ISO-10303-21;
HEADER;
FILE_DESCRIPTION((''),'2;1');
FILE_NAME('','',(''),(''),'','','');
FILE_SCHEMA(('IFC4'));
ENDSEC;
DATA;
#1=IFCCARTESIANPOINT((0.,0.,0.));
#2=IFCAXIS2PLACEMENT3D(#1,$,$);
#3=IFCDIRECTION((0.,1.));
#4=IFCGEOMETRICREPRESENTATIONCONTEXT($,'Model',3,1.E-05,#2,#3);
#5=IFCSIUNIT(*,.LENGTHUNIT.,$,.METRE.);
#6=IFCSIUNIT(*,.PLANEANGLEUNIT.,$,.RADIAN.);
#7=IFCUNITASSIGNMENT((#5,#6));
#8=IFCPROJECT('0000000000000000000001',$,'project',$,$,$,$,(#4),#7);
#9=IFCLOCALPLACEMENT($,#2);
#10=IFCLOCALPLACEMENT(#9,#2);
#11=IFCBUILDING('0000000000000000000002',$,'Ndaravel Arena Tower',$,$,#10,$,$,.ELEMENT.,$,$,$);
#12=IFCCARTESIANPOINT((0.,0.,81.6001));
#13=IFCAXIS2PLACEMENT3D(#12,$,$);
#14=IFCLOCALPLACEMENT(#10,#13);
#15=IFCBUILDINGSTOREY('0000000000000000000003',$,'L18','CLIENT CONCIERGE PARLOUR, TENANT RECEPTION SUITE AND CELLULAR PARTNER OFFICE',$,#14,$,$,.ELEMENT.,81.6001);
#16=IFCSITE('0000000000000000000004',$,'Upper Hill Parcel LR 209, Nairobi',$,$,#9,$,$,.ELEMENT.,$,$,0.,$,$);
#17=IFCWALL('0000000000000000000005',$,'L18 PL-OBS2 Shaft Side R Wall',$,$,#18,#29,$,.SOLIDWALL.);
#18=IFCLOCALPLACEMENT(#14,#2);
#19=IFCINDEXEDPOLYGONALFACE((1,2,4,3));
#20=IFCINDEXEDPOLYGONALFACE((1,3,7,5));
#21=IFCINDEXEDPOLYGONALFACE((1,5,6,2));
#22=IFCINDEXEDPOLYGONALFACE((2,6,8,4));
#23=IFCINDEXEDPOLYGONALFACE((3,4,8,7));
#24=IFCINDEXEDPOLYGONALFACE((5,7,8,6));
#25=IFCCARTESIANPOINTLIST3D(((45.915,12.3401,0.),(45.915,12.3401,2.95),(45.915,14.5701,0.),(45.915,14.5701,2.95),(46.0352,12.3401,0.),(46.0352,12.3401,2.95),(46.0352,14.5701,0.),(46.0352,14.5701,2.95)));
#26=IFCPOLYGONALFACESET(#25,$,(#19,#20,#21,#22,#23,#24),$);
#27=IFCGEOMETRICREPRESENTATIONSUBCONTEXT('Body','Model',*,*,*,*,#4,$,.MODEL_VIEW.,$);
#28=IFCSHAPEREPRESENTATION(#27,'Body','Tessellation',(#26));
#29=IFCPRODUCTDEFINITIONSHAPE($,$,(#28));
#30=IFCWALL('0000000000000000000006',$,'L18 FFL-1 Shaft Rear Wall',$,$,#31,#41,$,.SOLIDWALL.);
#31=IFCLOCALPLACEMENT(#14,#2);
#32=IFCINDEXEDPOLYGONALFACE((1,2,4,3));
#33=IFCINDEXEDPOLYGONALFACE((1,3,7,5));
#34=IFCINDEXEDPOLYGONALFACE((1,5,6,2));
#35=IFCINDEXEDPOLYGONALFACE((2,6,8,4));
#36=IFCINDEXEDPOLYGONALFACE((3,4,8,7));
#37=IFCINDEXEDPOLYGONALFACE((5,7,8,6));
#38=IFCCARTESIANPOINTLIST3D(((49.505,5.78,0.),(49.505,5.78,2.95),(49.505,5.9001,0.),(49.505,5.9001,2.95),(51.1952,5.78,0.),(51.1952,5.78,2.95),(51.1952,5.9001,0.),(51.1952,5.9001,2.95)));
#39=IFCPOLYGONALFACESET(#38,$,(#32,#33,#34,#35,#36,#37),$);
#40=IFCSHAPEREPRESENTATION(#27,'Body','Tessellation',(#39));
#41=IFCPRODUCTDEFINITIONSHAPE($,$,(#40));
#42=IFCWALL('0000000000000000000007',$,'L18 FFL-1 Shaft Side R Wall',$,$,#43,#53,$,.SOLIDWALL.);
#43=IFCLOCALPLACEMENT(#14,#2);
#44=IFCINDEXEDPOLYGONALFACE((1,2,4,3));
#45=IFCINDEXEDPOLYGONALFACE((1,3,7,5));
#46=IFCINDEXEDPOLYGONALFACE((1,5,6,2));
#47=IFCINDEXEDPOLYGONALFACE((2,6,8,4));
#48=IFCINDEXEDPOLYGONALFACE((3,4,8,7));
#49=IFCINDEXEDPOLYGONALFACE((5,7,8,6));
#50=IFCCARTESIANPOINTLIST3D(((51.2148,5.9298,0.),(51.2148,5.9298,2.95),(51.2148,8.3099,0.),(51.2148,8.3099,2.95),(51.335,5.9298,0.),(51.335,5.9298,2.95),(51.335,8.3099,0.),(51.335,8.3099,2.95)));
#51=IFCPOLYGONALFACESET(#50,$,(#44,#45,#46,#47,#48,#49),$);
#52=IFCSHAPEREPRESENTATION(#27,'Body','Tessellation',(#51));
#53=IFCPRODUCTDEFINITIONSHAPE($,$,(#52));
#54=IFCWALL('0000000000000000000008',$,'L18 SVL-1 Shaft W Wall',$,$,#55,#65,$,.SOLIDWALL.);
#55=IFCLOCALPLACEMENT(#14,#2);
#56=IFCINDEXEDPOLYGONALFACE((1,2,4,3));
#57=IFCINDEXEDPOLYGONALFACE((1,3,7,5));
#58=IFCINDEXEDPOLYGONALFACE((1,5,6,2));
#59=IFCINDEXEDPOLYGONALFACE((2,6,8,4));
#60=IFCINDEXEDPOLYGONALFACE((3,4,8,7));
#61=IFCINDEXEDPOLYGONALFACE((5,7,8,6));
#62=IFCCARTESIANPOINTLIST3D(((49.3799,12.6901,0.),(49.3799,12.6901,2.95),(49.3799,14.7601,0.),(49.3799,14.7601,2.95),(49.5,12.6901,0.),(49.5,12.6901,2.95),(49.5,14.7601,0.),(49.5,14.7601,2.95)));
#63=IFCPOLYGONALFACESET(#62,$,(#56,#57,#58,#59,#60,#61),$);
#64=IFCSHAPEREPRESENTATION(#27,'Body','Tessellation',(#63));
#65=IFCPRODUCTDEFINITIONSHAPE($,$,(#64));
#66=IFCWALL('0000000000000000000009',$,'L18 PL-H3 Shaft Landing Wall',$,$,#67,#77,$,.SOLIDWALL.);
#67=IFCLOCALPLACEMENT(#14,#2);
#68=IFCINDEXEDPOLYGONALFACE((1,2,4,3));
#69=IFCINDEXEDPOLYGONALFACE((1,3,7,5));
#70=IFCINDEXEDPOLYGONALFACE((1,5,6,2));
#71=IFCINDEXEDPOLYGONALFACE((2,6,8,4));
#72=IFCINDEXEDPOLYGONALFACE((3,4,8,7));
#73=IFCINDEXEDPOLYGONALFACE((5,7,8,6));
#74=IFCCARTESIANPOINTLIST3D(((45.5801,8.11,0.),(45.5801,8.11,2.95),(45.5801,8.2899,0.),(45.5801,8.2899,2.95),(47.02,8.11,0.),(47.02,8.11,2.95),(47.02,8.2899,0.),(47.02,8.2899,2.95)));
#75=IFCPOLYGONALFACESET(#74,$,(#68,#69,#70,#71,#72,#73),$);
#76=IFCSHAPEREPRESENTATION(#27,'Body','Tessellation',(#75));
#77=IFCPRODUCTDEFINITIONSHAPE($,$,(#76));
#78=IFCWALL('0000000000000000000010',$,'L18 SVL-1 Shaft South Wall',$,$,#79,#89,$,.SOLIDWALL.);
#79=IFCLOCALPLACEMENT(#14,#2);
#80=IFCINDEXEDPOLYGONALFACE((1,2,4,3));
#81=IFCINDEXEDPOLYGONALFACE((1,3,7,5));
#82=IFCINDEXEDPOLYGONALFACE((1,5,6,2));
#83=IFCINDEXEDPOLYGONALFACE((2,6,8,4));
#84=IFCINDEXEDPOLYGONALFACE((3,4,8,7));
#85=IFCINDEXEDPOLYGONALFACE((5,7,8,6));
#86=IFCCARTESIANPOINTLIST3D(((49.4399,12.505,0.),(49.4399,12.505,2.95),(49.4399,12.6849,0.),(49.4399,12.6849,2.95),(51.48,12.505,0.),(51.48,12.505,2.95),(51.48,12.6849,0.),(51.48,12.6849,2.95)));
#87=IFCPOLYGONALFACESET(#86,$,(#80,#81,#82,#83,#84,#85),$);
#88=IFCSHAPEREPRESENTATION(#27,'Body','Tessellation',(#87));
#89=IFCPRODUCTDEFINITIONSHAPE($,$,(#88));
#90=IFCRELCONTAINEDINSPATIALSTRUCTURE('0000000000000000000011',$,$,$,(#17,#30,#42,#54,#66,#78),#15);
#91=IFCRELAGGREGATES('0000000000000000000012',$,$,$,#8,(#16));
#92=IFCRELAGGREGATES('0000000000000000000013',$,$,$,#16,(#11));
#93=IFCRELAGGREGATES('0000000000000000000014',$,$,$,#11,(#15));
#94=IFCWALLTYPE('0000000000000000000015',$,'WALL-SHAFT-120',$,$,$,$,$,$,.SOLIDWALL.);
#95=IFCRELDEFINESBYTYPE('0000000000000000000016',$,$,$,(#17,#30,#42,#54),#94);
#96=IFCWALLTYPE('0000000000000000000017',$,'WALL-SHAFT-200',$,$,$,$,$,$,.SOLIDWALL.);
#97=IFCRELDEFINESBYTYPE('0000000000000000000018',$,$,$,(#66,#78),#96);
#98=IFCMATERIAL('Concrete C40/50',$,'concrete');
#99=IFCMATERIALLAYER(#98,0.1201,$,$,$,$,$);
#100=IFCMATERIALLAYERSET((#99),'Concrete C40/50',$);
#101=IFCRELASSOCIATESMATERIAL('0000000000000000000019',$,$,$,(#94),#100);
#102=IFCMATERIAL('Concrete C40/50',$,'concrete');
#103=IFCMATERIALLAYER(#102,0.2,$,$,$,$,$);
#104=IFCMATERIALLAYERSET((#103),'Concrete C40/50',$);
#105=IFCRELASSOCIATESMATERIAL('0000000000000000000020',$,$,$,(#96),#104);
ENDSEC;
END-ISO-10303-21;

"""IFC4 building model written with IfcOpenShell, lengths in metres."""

from ifc_helpers import new_model, si_unit, direction, frame, frame_2d, origin, place, context, subcontext, project, spatial, rectangle, extrude, material, layer, layer_set, type_object, element, save


model = new_model("IFC4")

# Units and contexts
model_context = context("Model", 3, precision=1e-05, world=origin(), true_north=direction((0.0, 1.0)))
body_context = subcontext(model_context, "Body", "Model", "MODEL_VIEW")
ifc_project = project(units=[si_unit("LENGTHUNIT", "METRE"), si_unit("PLANEANGLEUNIT", "RADIAN")], contexts=[model_context])

# Site, building, storey
site_placement = place(None, origin())
site = spatial("IfcSite", under=ifc_project, at=site_placement, Name="Upper Hill Parcel LR 209, Nairobi", CompositionType="ELEMENT", RefElevation=0.0)
building_placement = place(site_placement, origin())
building = spatial("IfcBuilding", under=site, at=building_placement, Name="Ndaravel Arena Tower", CompositionType="ELEMENT")
storey_placement = place(building_placement, frame((0.0, 0.0, 81.6001)))
storey = spatial("IfcBuildingStorey", under=building, at=storey_placement, Name="L18", Description="CLIENT CONCIERGE PARLOUR, TENANT RECEPTION SUITE AND CELLULAR PARTNER OFFICE", CompositionType="ELEMENT", Elevation=81.6001)

# Walls
ifc_material_1 = material(Name="Concrete C40/50", Category="concrete")
ifc_layer_1 = layer(ifc_material_1, 0.1201)
ifc_layer_set_1 = layer_set([ifc_layer_1], Name="Concrete C40/50")
wall_type_1 = type_object("IfcWallType", Name="WALL-SHAFT-120", PredefinedType="SOLIDWALL", material=ifc_layer_set_1)
wall_1_placement = place(storey_placement, frame((45.9751, 12.3401, 0.0), z_axis=(0.0, 0.0, 1.0), x_axis=(0.0, 1.0, 0.0)))
element("IfcWall", 1, at=wall_1_placement, inside=storey, type_object=wall_type_1, Name="L18 PL-OBS2 Shaft Side R Wall", PredefinedType="SOLIDWALL", context=body_context, shape_type="SweptSolid", body=[
    extrude(rectangle(XDim=2.23, YDim=0.1201, at=frame_2d((1.115, 0.0))), origin(), (0.0, 0.0, 1.0), 2.95),
])
wall_2_placement = place(storey_placement, frame((49.5049, 5.8401, 0.0), z_axis=(0.0, 0.0, 1.0), x_axis=(1.0, 0.0, 0.0)))
element("IfcWall", 2, at=wall_2_placement, inside=storey, type_object=wall_type_1, Name="L18 FFL-1 Shaft Rear Wall", PredefinedType="SOLIDWALL", context=body_context, shape_type="SweptSolid", body=[
    extrude(rectangle(XDim=1.6902, YDim=0.1201, at=frame_2d((0.8452, 0.0))), origin(), (0.0, 0.0, 1.0), 2.95),
])
wall_3_placement = place(storey_placement, frame((51.2749, 5.9299, 0.0), z_axis=(0.0, 0.0, 1.0), x_axis=(0.0, 1.0, 0.0)))
element("IfcWall", 3, at=wall_3_placement, inside=storey, type_object=wall_type_1, Name="L18 FFL-1 Shaft Side R Wall", PredefinedType="SOLIDWALL", context=body_context, shape_type="SweptSolid", body=[
    extrude(rectangle(XDim=2.3801, YDim=0.1201, at=frame_2d((1.1899, 0.0))), origin(), (0.0, 0.0, 1.0), 2.95),
])
wall_4_placement = place(storey_placement, frame((49.4399, 12.6899, 0.0), z_axis=(0.0, 0.0, 1.0), x_axis=(0.0, 1.0, 0.0)))
element("IfcWall", 4, at=wall_4_placement, inside=storey, type_object=wall_type_1, Name="L18 SVL-1 Shaft W Wall", PredefinedType="SOLIDWALL", context=body_context, shape_type="SweptSolid", body=[
    extrude(rectangle(XDim=2.0701, YDim=0.1201, at=frame_2d((1.0352, 0.0))), origin(), (0.0, 0.0, 1.0), 2.95),
])
ifc_material_2 = material(Name="Concrete C40/50", Category="concrete")
ifc_layer_2 = layer(ifc_material_2, 0.2)
ifc_layer_set_2 = layer_set([ifc_layer_2], Name="Concrete C40/50")
wall_type_2 = type_object("IfcWallType", Name="WALL-SHAFT-200", PredefinedType="SOLIDWALL", material=ifc_layer_set_2)
wall_5_placement = place(storey_placement, frame((45.5801, 8.2, 0.0), z_axis=(0.0, 0.0, 1.0), x_axis=(1.0, 0.0, 0.0)))
element("IfcWall", 5, at=wall_5_placement, inside=storey, type_object=wall_type_2, Name="L18 PL-H3 Shaft Landing Wall", PredefinedType="SOLIDWALL", context=body_context, shape_type="SweptSolid", body=[
    extrude(rectangle(XDim=1.4399, YDim=0.1799, at=frame_2d((0.72, 0.0))), origin(), (0.0, 0.0, 1.0), 2.95),
])

# Wall
wall_6_placement = place(storey_placement, frame((49.4399, 12.595, 0.0), z_axis=(0.0, 0.0, 1.0), x_axis=(1.0, 0.0, 0.0)))
element("IfcWall", 6, at=wall_6_placement, inside=storey, type_object=wall_type_2, Name="L18 SVL-1 Shaft South Wall", PredefinedType="SOLIDWALL", context=body_context, shape_type="SweptSolid", body=[
    extrude(rectangle(XDim=2.04, YDim=0.1799, at=frame_2d((1.02, 0.0))), origin(), (0.0, 0.0, 1.0), 2.95),
])

save(model, "model.ifc")
